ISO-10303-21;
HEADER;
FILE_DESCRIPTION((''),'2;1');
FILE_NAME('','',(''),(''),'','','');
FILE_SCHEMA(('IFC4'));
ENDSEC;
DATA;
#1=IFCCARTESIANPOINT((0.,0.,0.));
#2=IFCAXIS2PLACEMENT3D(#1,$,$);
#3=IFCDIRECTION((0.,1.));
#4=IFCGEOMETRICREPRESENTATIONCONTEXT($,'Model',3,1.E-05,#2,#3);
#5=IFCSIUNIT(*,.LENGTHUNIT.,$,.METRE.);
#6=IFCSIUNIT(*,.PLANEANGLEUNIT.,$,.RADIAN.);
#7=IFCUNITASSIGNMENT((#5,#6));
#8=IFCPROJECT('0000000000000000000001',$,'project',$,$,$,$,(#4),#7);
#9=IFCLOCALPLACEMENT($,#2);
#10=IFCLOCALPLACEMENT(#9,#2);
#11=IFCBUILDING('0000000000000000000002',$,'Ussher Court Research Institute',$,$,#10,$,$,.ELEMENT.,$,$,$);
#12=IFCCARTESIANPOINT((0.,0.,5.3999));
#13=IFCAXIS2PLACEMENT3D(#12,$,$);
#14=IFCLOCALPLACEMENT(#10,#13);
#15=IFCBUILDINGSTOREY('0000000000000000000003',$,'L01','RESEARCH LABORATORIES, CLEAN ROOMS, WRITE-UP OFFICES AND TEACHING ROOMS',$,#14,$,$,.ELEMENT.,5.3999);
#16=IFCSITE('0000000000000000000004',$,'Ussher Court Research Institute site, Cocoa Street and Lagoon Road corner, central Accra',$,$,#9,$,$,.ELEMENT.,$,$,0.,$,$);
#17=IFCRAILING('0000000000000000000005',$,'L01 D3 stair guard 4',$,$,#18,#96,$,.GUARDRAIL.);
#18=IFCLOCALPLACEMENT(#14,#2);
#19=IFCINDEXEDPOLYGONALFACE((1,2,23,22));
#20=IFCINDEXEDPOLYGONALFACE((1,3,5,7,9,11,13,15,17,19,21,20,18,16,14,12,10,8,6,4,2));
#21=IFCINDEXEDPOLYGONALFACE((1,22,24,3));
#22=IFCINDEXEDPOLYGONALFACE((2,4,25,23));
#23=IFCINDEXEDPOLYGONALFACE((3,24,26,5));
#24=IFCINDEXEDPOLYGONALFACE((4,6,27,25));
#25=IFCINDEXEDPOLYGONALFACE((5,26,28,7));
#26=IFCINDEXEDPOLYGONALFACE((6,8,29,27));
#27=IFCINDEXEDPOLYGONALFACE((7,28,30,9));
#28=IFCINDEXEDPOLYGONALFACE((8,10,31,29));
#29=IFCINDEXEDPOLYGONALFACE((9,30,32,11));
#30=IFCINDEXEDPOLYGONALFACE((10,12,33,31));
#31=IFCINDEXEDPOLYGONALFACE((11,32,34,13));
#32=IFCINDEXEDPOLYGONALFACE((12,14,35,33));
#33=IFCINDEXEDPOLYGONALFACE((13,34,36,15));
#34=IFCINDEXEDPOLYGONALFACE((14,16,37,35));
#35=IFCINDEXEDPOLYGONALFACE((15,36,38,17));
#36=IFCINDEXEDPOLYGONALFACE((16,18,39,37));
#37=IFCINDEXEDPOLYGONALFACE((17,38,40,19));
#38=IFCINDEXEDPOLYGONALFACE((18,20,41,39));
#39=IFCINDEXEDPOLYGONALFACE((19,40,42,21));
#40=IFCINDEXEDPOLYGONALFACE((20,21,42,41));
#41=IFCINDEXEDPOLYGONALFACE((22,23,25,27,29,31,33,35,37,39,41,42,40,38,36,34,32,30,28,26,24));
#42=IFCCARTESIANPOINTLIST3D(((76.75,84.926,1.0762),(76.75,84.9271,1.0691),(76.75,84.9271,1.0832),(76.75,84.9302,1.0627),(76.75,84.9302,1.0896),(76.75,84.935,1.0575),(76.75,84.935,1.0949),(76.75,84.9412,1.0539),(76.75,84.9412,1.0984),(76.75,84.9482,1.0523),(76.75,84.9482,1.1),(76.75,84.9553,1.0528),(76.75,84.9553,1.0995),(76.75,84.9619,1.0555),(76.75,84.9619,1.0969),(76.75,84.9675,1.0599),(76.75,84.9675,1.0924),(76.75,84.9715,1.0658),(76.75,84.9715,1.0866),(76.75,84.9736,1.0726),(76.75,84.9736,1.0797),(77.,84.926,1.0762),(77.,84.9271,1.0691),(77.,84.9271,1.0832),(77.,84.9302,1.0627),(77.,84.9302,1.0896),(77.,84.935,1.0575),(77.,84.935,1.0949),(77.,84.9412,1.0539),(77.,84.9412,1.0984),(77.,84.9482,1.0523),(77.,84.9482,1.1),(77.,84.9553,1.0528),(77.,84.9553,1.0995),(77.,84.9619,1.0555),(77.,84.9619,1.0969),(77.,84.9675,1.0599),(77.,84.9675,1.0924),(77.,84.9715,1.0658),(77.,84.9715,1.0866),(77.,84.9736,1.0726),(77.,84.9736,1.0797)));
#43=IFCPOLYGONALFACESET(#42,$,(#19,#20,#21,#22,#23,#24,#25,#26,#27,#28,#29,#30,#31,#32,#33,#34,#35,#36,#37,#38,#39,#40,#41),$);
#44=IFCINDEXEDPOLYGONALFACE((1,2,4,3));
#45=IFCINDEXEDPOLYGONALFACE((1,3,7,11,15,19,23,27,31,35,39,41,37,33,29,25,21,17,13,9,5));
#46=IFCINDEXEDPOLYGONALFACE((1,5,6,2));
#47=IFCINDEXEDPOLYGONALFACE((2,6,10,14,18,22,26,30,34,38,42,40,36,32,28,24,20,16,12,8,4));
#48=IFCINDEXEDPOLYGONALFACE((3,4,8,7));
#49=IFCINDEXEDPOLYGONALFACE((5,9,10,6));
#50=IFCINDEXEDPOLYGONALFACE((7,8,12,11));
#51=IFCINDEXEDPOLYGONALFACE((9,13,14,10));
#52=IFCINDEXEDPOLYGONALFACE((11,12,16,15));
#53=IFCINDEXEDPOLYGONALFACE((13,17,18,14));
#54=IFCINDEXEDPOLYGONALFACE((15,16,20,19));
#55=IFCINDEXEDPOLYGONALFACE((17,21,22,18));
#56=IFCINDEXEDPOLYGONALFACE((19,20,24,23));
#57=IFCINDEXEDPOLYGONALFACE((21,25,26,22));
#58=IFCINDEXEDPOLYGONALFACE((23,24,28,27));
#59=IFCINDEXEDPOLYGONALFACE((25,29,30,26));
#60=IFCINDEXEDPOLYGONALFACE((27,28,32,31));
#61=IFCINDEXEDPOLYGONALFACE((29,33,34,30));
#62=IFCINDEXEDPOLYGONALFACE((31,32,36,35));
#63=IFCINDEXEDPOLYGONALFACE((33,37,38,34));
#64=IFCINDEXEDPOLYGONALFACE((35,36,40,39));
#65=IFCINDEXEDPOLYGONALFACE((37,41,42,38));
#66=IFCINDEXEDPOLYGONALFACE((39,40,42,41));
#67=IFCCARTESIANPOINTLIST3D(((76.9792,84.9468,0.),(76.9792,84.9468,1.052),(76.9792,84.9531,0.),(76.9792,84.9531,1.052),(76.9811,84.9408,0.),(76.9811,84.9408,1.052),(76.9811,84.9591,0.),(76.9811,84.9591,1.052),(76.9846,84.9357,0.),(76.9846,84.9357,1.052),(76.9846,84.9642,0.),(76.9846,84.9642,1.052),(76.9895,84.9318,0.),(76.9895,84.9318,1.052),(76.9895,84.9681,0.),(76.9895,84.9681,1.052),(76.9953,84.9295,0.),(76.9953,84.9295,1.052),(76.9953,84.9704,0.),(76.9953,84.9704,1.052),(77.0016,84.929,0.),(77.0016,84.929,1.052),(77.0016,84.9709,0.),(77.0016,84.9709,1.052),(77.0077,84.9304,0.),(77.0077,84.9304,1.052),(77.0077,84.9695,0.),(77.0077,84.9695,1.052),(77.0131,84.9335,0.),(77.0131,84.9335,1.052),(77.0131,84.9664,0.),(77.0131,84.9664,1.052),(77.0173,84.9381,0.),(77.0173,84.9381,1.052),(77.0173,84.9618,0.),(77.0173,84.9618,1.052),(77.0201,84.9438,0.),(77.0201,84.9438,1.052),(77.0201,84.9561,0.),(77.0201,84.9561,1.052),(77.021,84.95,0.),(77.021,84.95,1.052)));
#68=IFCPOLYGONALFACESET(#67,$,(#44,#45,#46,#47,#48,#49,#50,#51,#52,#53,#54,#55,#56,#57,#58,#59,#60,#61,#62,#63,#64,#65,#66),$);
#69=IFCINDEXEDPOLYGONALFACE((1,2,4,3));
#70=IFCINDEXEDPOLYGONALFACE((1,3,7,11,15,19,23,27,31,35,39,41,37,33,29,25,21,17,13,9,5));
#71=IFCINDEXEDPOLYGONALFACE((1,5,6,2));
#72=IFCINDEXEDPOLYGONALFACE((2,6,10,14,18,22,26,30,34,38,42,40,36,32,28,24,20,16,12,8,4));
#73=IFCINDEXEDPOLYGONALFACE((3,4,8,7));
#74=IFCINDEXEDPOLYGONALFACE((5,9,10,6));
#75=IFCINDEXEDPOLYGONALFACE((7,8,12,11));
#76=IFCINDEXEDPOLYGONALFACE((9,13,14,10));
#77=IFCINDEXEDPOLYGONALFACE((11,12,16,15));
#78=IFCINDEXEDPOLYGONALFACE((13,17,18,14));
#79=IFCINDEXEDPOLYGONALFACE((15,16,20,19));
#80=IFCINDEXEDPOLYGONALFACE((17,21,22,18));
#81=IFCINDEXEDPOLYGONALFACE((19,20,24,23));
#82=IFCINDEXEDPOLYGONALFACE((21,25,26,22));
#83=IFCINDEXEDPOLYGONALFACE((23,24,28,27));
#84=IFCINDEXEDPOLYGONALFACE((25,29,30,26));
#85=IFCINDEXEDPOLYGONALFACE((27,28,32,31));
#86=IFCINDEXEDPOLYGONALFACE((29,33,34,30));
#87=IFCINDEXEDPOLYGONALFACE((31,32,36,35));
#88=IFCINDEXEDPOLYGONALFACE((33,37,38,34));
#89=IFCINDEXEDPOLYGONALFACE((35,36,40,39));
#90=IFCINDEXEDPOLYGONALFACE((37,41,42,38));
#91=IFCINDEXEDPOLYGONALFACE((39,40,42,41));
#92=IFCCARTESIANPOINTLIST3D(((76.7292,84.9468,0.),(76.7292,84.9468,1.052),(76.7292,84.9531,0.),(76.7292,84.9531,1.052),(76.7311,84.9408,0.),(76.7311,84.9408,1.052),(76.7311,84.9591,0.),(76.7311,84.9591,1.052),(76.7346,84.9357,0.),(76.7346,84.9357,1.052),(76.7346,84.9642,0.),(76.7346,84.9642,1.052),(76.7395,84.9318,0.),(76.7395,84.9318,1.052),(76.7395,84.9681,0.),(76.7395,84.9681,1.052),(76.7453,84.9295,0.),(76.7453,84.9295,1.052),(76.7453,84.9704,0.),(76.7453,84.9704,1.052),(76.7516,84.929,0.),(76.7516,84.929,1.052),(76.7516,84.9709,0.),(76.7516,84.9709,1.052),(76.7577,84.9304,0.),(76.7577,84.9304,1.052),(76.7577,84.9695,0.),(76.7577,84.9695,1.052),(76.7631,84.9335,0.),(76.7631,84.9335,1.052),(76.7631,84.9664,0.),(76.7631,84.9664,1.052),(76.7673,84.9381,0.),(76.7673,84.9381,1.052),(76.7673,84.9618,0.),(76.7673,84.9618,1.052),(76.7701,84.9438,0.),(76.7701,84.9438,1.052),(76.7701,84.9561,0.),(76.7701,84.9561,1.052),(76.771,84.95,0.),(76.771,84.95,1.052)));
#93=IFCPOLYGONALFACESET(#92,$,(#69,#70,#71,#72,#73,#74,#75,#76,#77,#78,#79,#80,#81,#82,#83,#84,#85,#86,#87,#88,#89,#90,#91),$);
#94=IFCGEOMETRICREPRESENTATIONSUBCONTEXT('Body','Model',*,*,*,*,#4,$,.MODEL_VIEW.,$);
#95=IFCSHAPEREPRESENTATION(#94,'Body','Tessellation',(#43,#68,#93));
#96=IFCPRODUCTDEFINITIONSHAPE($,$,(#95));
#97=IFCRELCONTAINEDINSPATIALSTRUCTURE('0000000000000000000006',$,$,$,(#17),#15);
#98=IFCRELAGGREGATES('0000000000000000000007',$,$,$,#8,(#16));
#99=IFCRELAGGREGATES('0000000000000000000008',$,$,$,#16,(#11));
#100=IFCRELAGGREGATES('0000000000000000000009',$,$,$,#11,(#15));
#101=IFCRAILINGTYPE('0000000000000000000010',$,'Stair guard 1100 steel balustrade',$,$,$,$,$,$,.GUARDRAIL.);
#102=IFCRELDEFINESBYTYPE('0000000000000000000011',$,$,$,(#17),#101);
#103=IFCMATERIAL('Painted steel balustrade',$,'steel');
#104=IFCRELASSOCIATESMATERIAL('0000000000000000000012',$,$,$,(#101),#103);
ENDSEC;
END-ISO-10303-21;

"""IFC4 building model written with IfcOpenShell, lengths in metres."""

from ifc_helpers import new_model, si_unit, direction, frame, origin, origin_2d, place, context, subcontext, project, spatial, circle, extrude, material, type_object, element, save


model = new_model("IFC4")

# Units and contexts
model_context = context("Model", 3, precision=1e-05, world=origin(), true_north=direction((0.0, 1.0)))
body_context = subcontext(model_context, "Body", "Model", "MODEL_VIEW")
ifc_project = project(units=[si_unit("LENGTHUNIT", "METRE"), si_unit("PLANEANGLEUNIT", "RADIAN")], contexts=[model_context])

# Site, building, storey
site_placement = place(None, origin())
site = spatial("IfcSite", under=ifc_project, at=site_placement, Name="Ussher Court Research Institute site, Cocoa Street and Lagoon Road corner, central Accra", CompositionType="ELEMENT", RefElevation=0.0)
building_placement = place(site_placement, origin())
building = spatial("IfcBuilding", under=site, at=building_placement, Name="Ussher Court Research Institute", CompositionType="ELEMENT")
storey_placement = place(building_placement, frame((0.0, 0.0, 5.3999)))
storey = spatial("IfcBuildingStorey", under=building, at=storey_placement, Name="L01", Description="RESEARCH LABORATORIES, CLEAN ROOMS, WRITE-UP OFFICES AND TEACHING ROOMS", CompositionType="ELEMENT", Elevation=5.3999)

# Railing
ifc_material_1 = material(Name="Painted steel balustrade", Category="steel")
railing_type_1 = type_object("IfcRailingType", Name="Stair guard 1100 steel balustrade", PredefinedType="GUARDRAIL", material=ifc_material_1)
railing_1_placement = place(storey_placement, frame((77.0, 84.95, 0.0)))
element("IfcRailing", 1, at=railing_1_placement, inside=storey, type_object=railing_type_1, Name="L01 D3 stair guard 4", PredefinedType="GUARDRAIL", context=body_context, shape_type="SweptSolid", body=[
    extrude(circle(Radius=0.0239, at=origin_2d()), frame((0.0, 0.0, 1.0762), z_axis=(-1.0, 0.0, 0.0), x_axis=(0.0, -1.0, 0.0)), (0.0, 0.0, 1.0), 0.25),
    extrude(circle(Radius=0.021, at=origin_2d()), origin(), (0.0, 0.0, 1.0), 1.052),
    extrude(circle(Radius=0.021, at=origin_2d()), frame((-0.25, 0.0, 0.0)), (0.0, 0.0, 1.0), 1.052),
])

save(model, "model.ifc")
